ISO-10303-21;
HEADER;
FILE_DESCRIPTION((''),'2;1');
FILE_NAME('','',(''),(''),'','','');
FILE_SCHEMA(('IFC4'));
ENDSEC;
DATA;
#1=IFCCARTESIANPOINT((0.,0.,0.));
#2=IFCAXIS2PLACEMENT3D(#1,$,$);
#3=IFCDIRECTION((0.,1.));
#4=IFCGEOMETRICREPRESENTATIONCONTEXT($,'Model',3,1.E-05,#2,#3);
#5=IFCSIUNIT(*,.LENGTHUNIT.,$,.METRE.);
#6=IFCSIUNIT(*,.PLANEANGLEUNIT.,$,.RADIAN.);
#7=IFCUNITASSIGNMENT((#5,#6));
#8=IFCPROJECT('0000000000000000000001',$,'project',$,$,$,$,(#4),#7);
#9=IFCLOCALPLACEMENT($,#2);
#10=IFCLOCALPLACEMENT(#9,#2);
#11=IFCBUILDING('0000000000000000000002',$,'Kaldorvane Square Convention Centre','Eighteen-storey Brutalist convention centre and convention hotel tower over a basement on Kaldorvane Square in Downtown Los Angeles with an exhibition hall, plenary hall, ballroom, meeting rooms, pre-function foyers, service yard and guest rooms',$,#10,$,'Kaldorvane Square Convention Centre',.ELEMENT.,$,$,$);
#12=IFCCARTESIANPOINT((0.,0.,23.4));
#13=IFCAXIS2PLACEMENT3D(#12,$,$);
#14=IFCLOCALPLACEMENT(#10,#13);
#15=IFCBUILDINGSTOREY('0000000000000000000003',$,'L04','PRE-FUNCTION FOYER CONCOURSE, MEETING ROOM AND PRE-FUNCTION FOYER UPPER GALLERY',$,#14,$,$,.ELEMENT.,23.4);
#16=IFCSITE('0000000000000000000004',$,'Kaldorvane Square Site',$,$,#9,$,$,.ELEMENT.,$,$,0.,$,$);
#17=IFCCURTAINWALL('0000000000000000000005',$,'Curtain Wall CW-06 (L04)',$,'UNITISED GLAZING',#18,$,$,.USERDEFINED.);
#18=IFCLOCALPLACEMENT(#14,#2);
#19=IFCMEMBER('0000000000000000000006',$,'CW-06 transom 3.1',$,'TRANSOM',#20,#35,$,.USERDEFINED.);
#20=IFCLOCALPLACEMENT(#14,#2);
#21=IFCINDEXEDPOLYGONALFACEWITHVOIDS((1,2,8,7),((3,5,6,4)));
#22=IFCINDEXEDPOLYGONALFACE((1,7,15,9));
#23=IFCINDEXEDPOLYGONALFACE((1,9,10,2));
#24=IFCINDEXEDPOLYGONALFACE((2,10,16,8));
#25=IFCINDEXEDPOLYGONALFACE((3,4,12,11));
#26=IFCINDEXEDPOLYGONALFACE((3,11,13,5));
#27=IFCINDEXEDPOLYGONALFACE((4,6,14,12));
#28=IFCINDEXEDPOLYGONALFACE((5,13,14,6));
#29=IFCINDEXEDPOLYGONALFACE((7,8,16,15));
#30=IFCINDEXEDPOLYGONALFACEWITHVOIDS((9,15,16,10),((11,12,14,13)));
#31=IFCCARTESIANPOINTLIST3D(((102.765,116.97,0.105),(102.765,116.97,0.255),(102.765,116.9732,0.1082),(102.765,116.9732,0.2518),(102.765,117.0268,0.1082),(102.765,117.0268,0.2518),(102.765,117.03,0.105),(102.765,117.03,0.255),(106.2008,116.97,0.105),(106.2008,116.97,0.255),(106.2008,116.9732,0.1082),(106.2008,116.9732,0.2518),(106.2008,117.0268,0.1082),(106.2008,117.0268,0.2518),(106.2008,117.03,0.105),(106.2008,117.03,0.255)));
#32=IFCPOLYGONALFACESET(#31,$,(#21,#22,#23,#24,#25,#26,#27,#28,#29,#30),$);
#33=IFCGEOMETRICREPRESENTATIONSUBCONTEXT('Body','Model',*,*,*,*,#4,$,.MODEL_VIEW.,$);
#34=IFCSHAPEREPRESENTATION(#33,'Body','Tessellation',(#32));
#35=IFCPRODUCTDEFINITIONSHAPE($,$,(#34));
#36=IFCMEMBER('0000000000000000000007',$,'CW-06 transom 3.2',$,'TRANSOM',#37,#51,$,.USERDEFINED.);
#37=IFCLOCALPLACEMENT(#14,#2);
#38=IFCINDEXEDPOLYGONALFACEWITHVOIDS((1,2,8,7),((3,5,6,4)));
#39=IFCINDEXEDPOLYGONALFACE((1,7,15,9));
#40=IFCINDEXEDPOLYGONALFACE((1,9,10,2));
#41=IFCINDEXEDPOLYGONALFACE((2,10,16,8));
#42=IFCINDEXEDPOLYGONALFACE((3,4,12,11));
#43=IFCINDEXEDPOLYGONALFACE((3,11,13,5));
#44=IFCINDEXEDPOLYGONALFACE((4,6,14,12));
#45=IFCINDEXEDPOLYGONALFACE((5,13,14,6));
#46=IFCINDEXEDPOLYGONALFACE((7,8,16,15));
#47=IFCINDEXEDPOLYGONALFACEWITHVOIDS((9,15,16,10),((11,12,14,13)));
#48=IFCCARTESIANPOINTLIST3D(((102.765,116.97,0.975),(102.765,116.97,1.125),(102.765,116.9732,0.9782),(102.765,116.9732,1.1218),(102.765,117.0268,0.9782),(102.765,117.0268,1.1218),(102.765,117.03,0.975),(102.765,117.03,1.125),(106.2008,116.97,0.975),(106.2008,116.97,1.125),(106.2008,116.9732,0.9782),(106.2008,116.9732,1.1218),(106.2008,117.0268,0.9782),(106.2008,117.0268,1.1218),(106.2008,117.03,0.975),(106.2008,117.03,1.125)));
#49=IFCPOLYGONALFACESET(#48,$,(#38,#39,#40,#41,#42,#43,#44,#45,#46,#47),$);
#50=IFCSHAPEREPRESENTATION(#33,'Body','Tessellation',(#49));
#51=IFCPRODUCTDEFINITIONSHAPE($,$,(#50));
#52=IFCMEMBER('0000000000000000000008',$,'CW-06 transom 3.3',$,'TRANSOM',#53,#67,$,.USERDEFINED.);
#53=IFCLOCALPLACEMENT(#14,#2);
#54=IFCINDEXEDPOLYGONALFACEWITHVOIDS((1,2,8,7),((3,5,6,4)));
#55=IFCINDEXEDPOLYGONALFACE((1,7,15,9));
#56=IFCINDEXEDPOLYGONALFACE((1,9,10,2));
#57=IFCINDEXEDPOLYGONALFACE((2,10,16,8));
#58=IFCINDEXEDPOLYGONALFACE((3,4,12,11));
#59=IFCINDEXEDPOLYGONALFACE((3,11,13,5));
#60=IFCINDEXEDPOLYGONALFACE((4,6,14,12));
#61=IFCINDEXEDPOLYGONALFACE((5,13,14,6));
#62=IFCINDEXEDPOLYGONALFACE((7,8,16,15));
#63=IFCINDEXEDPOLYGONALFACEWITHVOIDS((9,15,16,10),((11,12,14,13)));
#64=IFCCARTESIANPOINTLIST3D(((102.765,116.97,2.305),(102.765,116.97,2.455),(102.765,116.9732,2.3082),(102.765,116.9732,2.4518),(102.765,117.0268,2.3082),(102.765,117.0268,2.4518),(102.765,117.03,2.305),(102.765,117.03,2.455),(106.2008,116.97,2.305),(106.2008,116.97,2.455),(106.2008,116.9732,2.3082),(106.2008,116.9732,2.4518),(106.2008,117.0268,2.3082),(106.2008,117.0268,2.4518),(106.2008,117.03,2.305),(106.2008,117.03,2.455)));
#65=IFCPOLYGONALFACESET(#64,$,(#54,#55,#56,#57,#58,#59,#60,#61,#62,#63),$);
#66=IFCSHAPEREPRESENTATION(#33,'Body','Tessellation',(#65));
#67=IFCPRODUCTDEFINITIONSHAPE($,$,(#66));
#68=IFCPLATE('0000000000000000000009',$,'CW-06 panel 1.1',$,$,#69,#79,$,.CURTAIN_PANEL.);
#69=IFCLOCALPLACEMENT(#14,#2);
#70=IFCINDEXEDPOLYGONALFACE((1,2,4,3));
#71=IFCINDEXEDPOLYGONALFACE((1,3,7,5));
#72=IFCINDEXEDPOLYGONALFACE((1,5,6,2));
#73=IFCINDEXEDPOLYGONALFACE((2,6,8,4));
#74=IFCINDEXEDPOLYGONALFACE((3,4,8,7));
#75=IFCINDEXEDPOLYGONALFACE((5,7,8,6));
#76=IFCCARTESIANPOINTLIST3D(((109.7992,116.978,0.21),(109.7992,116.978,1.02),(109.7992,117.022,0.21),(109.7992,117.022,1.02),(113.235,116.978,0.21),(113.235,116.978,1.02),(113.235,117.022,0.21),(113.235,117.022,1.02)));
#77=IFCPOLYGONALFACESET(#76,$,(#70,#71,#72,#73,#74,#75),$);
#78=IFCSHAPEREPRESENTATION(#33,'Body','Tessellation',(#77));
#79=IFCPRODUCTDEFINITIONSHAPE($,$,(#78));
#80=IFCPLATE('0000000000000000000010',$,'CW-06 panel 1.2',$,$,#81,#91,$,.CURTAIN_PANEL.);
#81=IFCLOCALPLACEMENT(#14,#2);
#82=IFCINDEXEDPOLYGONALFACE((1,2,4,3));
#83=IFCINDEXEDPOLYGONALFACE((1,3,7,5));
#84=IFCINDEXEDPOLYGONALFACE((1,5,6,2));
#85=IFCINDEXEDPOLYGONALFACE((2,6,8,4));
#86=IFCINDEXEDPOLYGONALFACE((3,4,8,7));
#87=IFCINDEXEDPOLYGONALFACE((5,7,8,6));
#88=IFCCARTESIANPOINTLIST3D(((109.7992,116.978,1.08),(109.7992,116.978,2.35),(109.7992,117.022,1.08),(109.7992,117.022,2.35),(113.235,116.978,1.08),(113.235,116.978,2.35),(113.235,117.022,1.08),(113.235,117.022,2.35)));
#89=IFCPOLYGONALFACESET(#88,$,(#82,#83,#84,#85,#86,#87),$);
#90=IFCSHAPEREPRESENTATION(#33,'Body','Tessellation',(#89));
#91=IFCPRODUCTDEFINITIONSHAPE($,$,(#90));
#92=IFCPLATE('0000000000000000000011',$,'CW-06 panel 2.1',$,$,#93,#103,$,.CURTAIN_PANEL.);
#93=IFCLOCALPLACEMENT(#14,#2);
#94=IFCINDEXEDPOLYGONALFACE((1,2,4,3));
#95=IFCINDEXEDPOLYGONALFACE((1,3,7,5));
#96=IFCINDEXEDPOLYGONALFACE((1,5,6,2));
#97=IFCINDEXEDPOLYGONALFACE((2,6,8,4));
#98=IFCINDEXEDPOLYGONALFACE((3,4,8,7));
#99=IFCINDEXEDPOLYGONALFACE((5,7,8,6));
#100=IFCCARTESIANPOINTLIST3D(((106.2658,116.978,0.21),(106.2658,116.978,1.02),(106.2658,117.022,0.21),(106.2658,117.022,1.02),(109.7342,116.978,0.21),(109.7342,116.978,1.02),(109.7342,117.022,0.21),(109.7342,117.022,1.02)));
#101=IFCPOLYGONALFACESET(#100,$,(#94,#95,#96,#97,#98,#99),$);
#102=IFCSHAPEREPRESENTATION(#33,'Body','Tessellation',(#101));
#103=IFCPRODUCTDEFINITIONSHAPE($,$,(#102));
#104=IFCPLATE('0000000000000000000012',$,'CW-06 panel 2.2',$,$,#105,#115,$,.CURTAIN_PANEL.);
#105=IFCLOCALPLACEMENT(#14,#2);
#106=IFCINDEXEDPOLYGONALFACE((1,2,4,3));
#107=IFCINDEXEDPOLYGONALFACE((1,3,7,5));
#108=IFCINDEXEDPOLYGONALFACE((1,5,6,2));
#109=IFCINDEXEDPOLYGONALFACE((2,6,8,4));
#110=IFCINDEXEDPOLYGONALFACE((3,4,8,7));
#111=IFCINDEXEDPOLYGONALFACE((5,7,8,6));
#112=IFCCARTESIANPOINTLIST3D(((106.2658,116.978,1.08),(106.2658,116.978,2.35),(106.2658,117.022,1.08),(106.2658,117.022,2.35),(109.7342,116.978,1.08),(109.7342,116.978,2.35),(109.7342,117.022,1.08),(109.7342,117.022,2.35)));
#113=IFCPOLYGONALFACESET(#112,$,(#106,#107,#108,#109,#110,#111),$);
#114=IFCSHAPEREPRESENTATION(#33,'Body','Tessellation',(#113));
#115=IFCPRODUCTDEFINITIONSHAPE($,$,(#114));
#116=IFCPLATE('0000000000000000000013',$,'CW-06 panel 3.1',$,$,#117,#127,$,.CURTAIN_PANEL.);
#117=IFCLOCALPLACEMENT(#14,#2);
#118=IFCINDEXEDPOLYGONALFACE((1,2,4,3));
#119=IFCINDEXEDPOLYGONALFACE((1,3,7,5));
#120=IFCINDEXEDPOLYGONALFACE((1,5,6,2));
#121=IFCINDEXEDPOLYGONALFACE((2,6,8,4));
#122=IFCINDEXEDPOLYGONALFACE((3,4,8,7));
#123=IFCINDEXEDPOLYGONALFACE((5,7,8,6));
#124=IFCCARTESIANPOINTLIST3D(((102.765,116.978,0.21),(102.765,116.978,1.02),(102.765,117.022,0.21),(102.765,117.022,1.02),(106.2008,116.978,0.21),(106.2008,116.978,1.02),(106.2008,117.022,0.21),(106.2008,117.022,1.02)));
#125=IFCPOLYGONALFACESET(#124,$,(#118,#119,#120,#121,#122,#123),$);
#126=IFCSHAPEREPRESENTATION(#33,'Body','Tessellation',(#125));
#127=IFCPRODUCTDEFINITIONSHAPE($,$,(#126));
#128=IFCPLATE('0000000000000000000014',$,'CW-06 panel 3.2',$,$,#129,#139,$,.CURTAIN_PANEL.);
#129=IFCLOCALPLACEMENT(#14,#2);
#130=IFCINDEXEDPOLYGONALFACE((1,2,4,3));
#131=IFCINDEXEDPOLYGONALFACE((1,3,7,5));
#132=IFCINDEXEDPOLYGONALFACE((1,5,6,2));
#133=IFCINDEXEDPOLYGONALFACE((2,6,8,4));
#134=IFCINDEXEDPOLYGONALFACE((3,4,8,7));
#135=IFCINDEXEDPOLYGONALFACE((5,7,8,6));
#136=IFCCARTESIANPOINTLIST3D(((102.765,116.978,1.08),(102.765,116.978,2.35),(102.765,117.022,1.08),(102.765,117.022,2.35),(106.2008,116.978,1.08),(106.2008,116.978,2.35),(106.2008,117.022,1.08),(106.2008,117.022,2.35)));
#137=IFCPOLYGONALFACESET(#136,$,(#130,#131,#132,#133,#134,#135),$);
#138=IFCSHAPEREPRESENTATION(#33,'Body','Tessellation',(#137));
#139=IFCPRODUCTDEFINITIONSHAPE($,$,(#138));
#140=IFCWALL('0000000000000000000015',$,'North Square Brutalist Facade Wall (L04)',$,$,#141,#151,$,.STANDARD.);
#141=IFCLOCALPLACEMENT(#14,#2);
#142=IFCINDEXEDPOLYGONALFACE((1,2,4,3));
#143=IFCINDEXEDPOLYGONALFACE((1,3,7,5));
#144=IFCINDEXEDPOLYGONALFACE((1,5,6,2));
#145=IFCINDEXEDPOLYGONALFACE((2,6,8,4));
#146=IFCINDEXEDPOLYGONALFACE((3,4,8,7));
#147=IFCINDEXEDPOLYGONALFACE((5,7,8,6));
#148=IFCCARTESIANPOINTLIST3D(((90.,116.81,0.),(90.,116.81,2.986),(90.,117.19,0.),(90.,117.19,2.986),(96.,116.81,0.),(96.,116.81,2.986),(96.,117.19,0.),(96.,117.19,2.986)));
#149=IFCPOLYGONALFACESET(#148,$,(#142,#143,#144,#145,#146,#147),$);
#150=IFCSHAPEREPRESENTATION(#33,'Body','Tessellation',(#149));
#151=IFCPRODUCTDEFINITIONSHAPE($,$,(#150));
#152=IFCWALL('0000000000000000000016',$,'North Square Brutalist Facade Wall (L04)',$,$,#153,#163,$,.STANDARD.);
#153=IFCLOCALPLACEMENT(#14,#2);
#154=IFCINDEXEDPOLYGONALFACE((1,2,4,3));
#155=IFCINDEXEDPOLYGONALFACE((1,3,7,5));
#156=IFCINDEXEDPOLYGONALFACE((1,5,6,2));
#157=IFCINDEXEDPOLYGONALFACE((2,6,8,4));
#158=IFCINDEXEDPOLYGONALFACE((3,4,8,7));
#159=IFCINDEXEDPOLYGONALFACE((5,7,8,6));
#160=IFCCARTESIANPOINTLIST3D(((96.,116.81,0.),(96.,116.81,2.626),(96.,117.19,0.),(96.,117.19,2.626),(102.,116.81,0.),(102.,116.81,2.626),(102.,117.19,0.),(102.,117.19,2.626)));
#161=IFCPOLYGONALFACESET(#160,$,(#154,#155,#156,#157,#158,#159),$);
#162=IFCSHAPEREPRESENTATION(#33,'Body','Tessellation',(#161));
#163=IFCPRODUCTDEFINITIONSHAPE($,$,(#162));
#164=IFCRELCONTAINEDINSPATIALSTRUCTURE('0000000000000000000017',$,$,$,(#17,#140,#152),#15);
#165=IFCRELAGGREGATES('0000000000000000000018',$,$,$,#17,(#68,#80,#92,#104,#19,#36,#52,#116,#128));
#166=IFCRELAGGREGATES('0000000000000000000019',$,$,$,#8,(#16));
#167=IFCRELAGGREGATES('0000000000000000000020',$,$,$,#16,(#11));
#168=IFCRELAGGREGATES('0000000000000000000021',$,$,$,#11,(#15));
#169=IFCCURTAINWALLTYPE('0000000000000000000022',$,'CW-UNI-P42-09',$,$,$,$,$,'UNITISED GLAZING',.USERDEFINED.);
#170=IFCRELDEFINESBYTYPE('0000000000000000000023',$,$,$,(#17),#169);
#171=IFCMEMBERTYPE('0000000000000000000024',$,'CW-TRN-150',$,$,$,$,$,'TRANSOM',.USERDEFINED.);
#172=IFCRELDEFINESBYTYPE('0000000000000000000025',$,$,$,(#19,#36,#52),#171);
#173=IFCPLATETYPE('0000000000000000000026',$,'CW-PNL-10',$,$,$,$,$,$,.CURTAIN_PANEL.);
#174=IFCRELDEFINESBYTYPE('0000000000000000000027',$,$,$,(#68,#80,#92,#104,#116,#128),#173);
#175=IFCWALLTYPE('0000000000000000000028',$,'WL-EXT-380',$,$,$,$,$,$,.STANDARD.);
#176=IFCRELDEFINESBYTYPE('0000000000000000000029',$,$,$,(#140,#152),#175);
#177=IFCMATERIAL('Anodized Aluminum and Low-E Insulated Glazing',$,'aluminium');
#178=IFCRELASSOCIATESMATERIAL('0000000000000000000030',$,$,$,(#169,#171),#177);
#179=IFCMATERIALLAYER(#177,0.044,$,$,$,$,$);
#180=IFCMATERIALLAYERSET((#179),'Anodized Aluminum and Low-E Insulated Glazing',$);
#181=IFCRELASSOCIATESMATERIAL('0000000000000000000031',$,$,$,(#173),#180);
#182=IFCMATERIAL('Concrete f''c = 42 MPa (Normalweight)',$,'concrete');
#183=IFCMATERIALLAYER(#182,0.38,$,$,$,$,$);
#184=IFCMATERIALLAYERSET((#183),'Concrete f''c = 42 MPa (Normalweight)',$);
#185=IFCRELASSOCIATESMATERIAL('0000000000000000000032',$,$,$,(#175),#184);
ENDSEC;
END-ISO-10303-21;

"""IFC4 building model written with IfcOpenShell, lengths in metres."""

from ifc_helpers import new_model, si_unit, direction, frame, frame_2d, origin, origin_2d, place, context, subcontext, project, spatial, rectangle, hollow_rectangle, extrude, material, layer, layer_set, material_profile, profile_set, type_object, element, aggregate, save


model = new_model("IFC4")

# Units and contexts
model_context = context("Model", 3, precision=1e-05, world=origin(), true_north=direction((0.0, 1.0)))
body_context = subcontext(model_context, "Body", "Model", "MODEL_VIEW")
ifc_project = project(units=[si_unit("LENGTHUNIT", "METRE"), si_unit("PLANEANGLEUNIT", "RADIAN")], contexts=[model_context])

# Site, building, storey
site_placement = place(None, origin())
site = spatial("IfcSite", under=ifc_project, at=site_placement, Name="Kaldorvane Square Site", CompositionType="ELEMENT", RefElevation=0.0)
building_placement = place(site_placement, origin())
building = spatial("IfcBuilding", under=site, at=building_placement, Name="Kaldorvane Square Convention Centre", Description="Eighteen-storey Brutalist convention centre and convention hotel tower over a basement on Kaldorvane Square in Downtown Los Angeles with an exhibition hall, plenary hall, ballroom, meeting rooms, pre-function foyers, service yard and guest rooms", LongName="Kaldorvane Square Convention Centre", CompositionType="ELEMENT")
storey_placement = place(building_placement, frame((0.0, 0.0, 23.4)))
storey = spatial("IfcBuildingStorey", under=building, at=storey_placement, Name="L04", Description="PRE-FUNCTION FOYER CONCOURSE, MEETING ROOM AND PRE-FUNCTION FOYER UPPER GALLERY", CompositionType="ELEMENT", Elevation=23.4)

# Shared definitions
ifc_material_1 = material(Name="Concrete f'c = 42 MPa (Normalweight)", Category="concrete")

# Curtain wall, members, plates
ifc_material_2 = material(Name="Anodized Aluminum and Low-E Insulated Glazing", Category="aluminium")
curtain_wall_type = type_object("IfcCurtainWallType", Name="CW-UNI-P42-09", ElementType="UNITISED GLAZING", PredefinedType="USERDEFINED", material=ifc_material_2)
curtain_wall_placement = place(storey_placement, origin())
curtain_wall = element("IfcCurtainWall", 1, at=curtain_wall_placement, inside=storey, type_object=curtain_wall_type, Name="Curtain Wall CW-06 (L04)", ObjectType="UNITISED GLAZING", PredefinedType="USERDEFINED")
ifc_material_profile_1 = material_profile(ifc_material_2, hollow_rectangle(XDim=0.06, YDim=0.15, WallThickness=0.0032, at=origin_2d()), Name="CWT-150X60")
ifc_profile_set_1 = profile_set([ifc_material_profile_1], Name="Anodized Aluminum and Low-E Insulated Glazing")
member_type_1 = type_object("IfcMemberType", Name="CW-TRN-150", ElementType="TRANSOM", PredefinedType="USERDEFINED", material=ifc_profile_set_1)
member_1_placement = place(storey_placement, frame((106.2008, 117.0, 0.18), z_axis=(-1.0, 0.0, 0.0), x_axis=(0.0, -1.0, 0.0)))
member_1 = element("IfcMember", 2, at=member_1_placement, type_object=member_type_1, Name="CW-06 transom 3.1", ObjectType="TRANSOM", PredefinedType="USERDEFINED", context=body_context, shape_type="SweptSolid", body=[
    extrude(hollow_rectangle(XDim=0.06, YDim=0.15, WallThickness=0.0032, at=origin_2d()), origin(), (0.0, 0.0, 1.0), 3.4358),
])
member_2_placement = place(storey_placement, frame((106.2008, 117.0, 1.05), z_axis=(-1.0, 0.0, 0.0), x_axis=(0.0, -1.0, 0.0)))
member_2 = element("IfcMember", 3, at=member_2_placement, type_object=member_type_1, Name="CW-06 transom 3.2", ObjectType="TRANSOM", PredefinedType="USERDEFINED", context=body_context, shape_type="SweptSolid", body=[
    extrude(hollow_rectangle(XDim=0.06, YDim=0.15, WallThickness=0.0032, at=origin_2d()), origin(), (0.0, 0.0, 1.0), 3.4358),
])
member_3_placement = place(storey_placement, frame((106.2008, 117.0, 2.38), z_axis=(-1.0, 0.0, 0.0), x_axis=(0.0, -1.0, 0.0)))
member_3 = element("IfcMember", 4, at=member_3_placement, type_object=member_type_1, Name="CW-06 transom 3.3", ObjectType="TRANSOM", PredefinedType="USERDEFINED", context=body_context, shape_type="SweptSolid", body=[
    extrude(hollow_rectangle(XDim=0.06, YDim=0.15, WallThickness=0.0032, at=origin_2d()), origin(), (0.0, 0.0, 1.0), 3.4358),
])
ifc_layer_1 = layer(ifc_material_2, 0.044)
ifc_layer_set_1 = layer_set([ifc_layer_1], Name="Anodized Aluminum and Low-E Insulated Glazing")
plate_type = type_object("IfcPlateType", Name="CW-PNL-10", PredefinedType="CURTAIN_PANEL", material=ifc_layer_set_1)
plate_1_placement = place(storey_placement, frame((111.5171, 117.0, 0.21), z_axis=(0.0, 0.0, 1.0), x_axis=(-1.0, 0.0, 0.0)))
plate_1 = element("IfcPlate", 5, at=plate_1_placement, type_object=plate_type, Name="CW-06 panel 1.1", PredefinedType="CURTAIN_PANEL", context=body_context, shape_type="SweptSolid", body=[
    extrude(rectangle(XDim=3.4358, YDim=0.044, at=origin_2d()), origin(), (0.0, 0.0, 1.0), 0.81),
])
plate_2_placement = place(storey_placement, frame((111.5171, 117.0, 1.08), z_axis=(0.0, 0.0, 1.0), x_axis=(-1.0, 0.0, 0.0)))
plate_2 = element("IfcPlate", 6, at=plate_2_placement, type_object=plate_type, Name="CW-06 panel 1.2", PredefinedType="CURTAIN_PANEL", context=body_context, shape_type="SweptSolid", body=[
    extrude(rectangle(XDim=3.4358, YDim=0.044, at=origin_2d()), origin(), (0.0, 0.0, 1.0), 1.27),
])
plate_3_placement = place(storey_placement, frame((108.0, 117.0, 0.21), z_axis=(0.0, 0.0, 1.0), x_axis=(-1.0, 0.0, 0.0)))
plate_3 = element("IfcPlate", 7, at=plate_3_placement, type_object=plate_type, Name="CW-06 panel 2.1", PredefinedType="CURTAIN_PANEL", context=body_context, shape_type="SweptSolid", body=[
    extrude(rectangle(XDim=3.4683, YDim=0.044, at=origin_2d()), origin(), (0.0, 0.0, 1.0), 0.81),
])
plate_4_placement = place(storey_placement, frame((108.0, 117.0, 1.08), z_axis=(0.0, 0.0, 1.0), x_axis=(-1.0, 0.0, 0.0)))
plate_4 = element("IfcPlate", 8, at=plate_4_placement, type_object=plate_type, Name="CW-06 panel 2.2", PredefinedType="CURTAIN_PANEL", context=body_context, shape_type="SweptSolid", body=[
    extrude(rectangle(XDim=3.4683, YDim=0.044, at=origin_2d()), origin(), (0.0, 0.0, 1.0), 1.27),
])
plate_5_placement = place(storey_placement, frame((104.4829, 117.0, 0.21), z_axis=(0.0, 0.0, 1.0), x_axis=(-1.0, 0.0, 0.0)))
plate_5 = element("IfcPlate", 9, at=plate_5_placement, type_object=plate_type, Name="CW-06 panel 3.1", PredefinedType="CURTAIN_PANEL", context=body_context, shape_type="SweptSolid", body=[
    extrude(rectangle(XDim=3.4358, YDim=0.044, at=origin_2d()), origin(), (0.0, 0.0, 1.0), 0.81),
])
plate_6_placement = place(storey_placement, frame((104.4829, 117.0, 1.08), z_axis=(0.0, 0.0, 1.0), x_axis=(-1.0, 0.0, 0.0)))
plate_6 = element("IfcPlate", 10, at=plate_6_placement, type_object=plate_type, Name="CW-06 panel 3.2", PredefinedType="CURTAIN_PANEL", context=body_context, shape_type="SweptSolid", body=[
    extrude(rectangle(XDim=3.4358, YDim=0.044, at=origin_2d()), origin(), (0.0, 0.0, 1.0), 1.27),
])
aggregate(curtain_wall, [plate_1, plate_2, plate_3, plate_4, member_1, member_2, member_3, plate_5, plate_6])

# Walls
ifc_layer_2 = layer(ifc_material_1, 0.38)
ifc_layer_set_2 = layer_set([ifc_layer_2], Name="Concrete f'c = 42 MPa (Normalweight)")
wall_type = type_object("IfcWallType", Name="WL-EXT-380", PredefinedType="STANDARD", material=ifc_layer_set_2)
wall_1_placement = place(storey_placement, frame((96.0, 117.0, 0.0), z_axis=(0.0, 0.0, 1.0), x_axis=(-1.0, 0.0, 0.0)))
element("IfcWall", 11, at=wall_1_placement, inside=storey, type_object=wall_type, Name="North Square Brutalist Facade Wall (L04)", PredefinedType="STANDARD", context=body_context, shape_type="SweptSolid", body=[
    extrude(rectangle(XDim=6.0, YDim=0.38, at=frame_2d((3.0, 0.0))), origin(), (0.0, 0.0, 1.0), 2.986),
])
wall_2_placement = place(storey_placement, frame((102.0, 117.0, 0.0), z_axis=(0.0, 0.0, 1.0), x_axis=(-1.0, 0.0, 0.0)))
element("IfcWall", 12, at=wall_2_placement, inside=storey, type_object=wall_type, Name="North Square Brutalist Facade Wall (L04)", PredefinedType="STANDARD", context=body_context, shape_type="SweptSolid", body=[
    extrude(rectangle(XDim=6.0, YDim=0.38, at=frame_2d((3.0, 0.0))), origin(), (0.0, 0.0, 1.0), 2.626),
])

save(model, "model.ifc")
